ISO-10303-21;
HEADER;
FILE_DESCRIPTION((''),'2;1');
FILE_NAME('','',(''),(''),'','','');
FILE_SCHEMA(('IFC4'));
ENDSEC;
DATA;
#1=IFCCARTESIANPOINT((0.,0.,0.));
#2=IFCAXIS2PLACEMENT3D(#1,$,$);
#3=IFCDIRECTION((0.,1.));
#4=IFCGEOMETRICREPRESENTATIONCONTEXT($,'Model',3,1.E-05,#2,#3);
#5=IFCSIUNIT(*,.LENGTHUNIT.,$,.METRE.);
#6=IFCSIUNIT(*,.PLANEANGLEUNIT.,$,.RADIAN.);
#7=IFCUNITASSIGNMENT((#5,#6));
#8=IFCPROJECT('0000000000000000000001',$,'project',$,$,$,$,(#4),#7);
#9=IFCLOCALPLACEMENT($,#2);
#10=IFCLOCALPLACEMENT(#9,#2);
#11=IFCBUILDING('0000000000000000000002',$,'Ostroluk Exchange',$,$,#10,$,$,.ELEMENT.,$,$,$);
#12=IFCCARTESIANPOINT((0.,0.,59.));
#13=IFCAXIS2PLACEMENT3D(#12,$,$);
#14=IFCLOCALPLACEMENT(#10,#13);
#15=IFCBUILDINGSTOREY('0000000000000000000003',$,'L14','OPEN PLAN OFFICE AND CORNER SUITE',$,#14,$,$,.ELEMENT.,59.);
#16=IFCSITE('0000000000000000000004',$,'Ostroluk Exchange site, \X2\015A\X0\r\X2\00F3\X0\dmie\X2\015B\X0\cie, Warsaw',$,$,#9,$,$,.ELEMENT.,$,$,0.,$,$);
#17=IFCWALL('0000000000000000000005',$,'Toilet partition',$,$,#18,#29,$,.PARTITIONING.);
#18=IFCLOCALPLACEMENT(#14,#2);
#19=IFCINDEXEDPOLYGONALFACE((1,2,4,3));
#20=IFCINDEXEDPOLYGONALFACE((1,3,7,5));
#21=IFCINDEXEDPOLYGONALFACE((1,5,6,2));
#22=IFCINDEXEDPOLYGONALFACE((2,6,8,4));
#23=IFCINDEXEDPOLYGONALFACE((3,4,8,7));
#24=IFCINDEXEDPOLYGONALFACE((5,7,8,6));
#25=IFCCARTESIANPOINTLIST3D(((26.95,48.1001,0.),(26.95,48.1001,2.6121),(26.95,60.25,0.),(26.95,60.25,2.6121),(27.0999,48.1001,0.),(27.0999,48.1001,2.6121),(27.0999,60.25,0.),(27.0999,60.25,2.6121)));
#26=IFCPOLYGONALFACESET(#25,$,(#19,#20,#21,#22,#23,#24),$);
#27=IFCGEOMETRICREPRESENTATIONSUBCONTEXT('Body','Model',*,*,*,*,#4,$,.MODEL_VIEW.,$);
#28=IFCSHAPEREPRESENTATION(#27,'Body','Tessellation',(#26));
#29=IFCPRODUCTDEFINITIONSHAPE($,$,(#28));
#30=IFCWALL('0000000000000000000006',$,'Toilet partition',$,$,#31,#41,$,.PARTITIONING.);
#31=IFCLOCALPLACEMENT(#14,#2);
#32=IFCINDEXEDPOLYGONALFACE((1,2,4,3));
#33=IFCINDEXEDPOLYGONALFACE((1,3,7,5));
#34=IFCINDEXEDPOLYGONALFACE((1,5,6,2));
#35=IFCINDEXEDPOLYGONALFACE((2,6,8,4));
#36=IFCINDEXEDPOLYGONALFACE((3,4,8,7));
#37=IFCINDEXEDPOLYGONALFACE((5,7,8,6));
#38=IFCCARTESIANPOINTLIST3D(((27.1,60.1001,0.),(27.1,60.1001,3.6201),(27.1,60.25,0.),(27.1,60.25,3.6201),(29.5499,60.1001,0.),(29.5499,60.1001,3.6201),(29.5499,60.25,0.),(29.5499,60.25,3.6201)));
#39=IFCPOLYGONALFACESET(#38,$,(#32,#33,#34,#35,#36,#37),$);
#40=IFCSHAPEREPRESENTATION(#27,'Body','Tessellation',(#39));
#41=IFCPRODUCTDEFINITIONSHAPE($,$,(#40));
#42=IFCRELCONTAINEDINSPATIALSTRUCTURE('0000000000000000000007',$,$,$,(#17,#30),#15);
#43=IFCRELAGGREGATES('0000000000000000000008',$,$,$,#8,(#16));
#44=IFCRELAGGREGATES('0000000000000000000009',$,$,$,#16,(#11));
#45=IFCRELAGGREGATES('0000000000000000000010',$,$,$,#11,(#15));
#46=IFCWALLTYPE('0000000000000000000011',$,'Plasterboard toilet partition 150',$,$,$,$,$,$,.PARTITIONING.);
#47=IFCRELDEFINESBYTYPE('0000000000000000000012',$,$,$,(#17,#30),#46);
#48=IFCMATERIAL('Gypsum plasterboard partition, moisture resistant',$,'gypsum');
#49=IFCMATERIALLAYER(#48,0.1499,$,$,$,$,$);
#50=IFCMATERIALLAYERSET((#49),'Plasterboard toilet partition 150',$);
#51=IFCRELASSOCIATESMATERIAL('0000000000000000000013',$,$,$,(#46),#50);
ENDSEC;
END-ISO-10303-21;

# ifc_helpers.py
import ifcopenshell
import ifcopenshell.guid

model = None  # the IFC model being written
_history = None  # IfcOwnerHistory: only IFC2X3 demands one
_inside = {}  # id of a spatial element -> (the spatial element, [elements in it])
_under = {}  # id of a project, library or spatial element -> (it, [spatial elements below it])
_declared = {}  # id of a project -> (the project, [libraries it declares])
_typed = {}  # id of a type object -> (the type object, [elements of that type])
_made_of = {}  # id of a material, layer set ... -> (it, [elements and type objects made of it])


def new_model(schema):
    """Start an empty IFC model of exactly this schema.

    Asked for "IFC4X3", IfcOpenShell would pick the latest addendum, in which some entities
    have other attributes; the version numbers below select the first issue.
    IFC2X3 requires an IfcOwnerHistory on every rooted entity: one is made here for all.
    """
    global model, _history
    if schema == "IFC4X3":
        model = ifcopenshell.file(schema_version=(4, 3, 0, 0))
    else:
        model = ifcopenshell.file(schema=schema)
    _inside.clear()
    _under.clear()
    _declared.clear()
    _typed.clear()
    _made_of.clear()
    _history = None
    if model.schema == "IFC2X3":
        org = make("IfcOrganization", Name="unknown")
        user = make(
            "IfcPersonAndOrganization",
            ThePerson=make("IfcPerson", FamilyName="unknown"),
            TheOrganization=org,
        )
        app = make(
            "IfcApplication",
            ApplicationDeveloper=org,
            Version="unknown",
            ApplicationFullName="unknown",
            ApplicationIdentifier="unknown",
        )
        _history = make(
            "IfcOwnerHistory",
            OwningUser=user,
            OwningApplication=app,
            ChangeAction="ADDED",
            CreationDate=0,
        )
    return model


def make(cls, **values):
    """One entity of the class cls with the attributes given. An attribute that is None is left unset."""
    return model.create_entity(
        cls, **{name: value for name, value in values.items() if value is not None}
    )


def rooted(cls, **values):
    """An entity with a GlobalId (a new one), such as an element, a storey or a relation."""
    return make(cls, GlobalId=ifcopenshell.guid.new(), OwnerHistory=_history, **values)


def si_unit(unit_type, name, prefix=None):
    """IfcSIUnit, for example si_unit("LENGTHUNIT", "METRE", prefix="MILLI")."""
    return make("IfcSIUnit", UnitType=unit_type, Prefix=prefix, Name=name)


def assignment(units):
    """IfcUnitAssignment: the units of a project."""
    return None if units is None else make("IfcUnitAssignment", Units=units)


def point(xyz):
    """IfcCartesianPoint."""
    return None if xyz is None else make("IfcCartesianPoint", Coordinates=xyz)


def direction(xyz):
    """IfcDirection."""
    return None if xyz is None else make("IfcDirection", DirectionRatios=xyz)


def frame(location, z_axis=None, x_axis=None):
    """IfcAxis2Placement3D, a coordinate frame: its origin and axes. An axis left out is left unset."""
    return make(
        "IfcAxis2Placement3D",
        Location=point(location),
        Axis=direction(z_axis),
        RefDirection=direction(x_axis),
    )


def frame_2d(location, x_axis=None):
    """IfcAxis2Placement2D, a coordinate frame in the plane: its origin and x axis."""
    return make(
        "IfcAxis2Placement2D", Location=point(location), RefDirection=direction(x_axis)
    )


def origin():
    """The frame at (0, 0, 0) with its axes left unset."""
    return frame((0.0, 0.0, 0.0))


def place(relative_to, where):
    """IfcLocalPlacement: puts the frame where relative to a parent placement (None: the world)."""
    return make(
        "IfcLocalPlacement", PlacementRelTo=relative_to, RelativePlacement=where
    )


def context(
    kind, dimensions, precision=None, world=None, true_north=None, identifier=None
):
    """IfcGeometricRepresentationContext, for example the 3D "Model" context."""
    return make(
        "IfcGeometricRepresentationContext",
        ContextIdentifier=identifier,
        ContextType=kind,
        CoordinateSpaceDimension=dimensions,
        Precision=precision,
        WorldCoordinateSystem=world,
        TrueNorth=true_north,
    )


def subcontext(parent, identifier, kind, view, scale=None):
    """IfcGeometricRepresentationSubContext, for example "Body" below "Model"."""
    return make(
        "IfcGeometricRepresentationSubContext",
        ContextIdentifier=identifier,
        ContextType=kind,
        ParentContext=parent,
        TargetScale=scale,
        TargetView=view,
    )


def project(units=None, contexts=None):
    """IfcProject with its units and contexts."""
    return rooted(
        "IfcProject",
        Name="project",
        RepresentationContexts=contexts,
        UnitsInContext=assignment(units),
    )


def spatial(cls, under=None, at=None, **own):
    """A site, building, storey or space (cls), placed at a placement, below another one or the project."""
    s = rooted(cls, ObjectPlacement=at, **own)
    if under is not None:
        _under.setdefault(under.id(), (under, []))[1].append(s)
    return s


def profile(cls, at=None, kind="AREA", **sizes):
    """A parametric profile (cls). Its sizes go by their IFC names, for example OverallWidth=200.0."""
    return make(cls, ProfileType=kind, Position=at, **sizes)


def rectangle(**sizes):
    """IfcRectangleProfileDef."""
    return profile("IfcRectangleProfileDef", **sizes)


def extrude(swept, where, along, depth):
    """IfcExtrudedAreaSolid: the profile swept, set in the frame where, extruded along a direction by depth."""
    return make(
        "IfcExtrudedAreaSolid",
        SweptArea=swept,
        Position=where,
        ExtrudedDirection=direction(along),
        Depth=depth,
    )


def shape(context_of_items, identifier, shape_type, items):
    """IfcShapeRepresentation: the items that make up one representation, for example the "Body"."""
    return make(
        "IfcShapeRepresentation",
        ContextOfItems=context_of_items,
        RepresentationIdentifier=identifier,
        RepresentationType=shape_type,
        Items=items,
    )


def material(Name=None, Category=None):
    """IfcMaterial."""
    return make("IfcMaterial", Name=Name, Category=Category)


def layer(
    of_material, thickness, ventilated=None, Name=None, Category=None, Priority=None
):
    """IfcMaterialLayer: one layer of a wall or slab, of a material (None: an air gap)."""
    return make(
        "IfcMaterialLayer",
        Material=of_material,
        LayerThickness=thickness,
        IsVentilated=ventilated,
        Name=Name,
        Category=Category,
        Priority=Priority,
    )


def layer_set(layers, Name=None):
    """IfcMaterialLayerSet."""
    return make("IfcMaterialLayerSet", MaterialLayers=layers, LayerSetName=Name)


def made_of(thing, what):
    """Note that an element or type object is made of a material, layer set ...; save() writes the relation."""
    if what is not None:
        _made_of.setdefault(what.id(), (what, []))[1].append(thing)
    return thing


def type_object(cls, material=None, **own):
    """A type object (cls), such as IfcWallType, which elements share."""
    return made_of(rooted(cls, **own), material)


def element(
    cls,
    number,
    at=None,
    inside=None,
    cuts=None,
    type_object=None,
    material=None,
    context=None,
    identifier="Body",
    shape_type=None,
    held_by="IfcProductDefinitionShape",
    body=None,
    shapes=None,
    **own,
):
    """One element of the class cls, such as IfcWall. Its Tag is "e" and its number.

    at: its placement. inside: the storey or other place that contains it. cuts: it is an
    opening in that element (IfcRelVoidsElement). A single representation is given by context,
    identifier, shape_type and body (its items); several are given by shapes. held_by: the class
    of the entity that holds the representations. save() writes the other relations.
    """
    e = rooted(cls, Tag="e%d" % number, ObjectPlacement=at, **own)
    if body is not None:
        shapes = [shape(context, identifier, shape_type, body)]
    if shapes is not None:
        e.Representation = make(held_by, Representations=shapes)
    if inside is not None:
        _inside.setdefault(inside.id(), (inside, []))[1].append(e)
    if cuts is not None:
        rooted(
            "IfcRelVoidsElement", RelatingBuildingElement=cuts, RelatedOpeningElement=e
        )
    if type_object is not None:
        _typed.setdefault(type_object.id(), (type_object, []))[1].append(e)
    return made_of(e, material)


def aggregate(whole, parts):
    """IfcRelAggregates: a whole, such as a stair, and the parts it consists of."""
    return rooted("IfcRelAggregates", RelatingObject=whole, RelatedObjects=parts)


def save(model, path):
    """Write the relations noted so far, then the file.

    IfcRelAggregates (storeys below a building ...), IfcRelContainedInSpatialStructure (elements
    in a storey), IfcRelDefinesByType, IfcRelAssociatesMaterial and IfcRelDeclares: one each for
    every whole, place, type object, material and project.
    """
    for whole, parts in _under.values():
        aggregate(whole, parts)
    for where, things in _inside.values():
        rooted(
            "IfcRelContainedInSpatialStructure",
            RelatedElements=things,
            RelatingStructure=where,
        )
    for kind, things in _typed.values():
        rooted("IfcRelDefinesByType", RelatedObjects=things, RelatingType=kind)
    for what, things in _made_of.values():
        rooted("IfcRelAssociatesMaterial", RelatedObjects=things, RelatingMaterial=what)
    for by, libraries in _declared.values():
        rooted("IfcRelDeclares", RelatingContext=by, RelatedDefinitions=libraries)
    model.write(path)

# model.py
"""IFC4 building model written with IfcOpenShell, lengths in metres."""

from ifc_helpers import new_model, si_unit, direction, frame, frame_2d, origin, place, context, subcontext, project, spatial, rectangle, extrude, material, layer, layer_set, type_object, element, save


model = new_model("IFC4")

# Units and contexts
model_context = context("Model", 3, precision=1e-05, world=origin(), true_north=direction((0.0, 1.0)))
body_context = subcontext(model_context, "Body", "Model", "MODEL_VIEW")
ifc_project = project(units=[si_unit("LENGTHUNIT", "METRE"), si_unit("PLANEANGLEUNIT", "RADIAN")], contexts=[model_context])

# Site, building, storey
site_placement = place(None, origin())
site = spatial("IfcSite", under=ifc_project, at=site_placement, Name="Ostroluk Exchange site, Śródmieście, Warsaw", CompositionType="ELEMENT", RefElevation=0.0)
building_placement = place(site_placement, origin())
building = spatial("IfcBuilding", under=site, at=building_placement, Name="Ostroluk Exchange", CompositionType="ELEMENT")
storey_placement = place(building_placement, frame((0.0, 0.0, 59.0)))
storey = spatial("IfcBuildingStorey", under=building, at=storey_placement, Name="L14", Description="OPEN PLAN OFFICE AND CORNER SUITE", CompositionType="ELEMENT", Elevation=59.0)

# Walls
ifc_material_1 = material(Name="Gypsum plasterboard partition, moisture resistant", Category="gypsum")
ifc_layer_1 = layer(ifc_material_1, 0.1499)
ifc_layer_set_1 = layer_set([ifc_layer_1], Name="Plasterboard toilet partition 150")
wall_type_1 = type_object("IfcWallType", Name="Plasterboard toilet partition 150", PredefinedType="PARTITIONING", material=ifc_layer_set_1)
wall_1_placement = place(storey_placement, frame((27.0249, 60.25, 0.0), z_axis=(0.0, 0.0, 1.0), x_axis=(0.0, -1.0, 0.0)))
element("IfcWall", 1, at=wall_1_placement, inside=storey, type_object=wall_type_1, Name="Toilet partition", PredefinedType="PARTITIONING", context=body_context, shape_type="SweptSolid", body=[
    extrude(rectangle(XDim=12.1499, YDim=0.1499, at=frame_2d((6.075, 0.0))), origin(), (0.0, 0.0, 1.0), 2.6121),
])
wall_2_placement = place(storey_placement, frame((29.55, 60.175, 0.0), z_axis=(0.0, 0.0, 1.0), x_axis=(-1.0, 0.0, 0.0)))
element("IfcWall", 2, at=wall_2_placement, inside=storey, type_object=wall_type_1, Name="Toilet partition", PredefinedType="PARTITIONING", context=body_context, shape_type="SweptSolid", body=[
    extrude(rectangle(XDim=2.45, YDim=0.1499, at=frame_2d((1.2251, 0.0))), origin(), (0.0, 0.0, 1.0), 3.6201),
])

save(model, "model.ifc")
